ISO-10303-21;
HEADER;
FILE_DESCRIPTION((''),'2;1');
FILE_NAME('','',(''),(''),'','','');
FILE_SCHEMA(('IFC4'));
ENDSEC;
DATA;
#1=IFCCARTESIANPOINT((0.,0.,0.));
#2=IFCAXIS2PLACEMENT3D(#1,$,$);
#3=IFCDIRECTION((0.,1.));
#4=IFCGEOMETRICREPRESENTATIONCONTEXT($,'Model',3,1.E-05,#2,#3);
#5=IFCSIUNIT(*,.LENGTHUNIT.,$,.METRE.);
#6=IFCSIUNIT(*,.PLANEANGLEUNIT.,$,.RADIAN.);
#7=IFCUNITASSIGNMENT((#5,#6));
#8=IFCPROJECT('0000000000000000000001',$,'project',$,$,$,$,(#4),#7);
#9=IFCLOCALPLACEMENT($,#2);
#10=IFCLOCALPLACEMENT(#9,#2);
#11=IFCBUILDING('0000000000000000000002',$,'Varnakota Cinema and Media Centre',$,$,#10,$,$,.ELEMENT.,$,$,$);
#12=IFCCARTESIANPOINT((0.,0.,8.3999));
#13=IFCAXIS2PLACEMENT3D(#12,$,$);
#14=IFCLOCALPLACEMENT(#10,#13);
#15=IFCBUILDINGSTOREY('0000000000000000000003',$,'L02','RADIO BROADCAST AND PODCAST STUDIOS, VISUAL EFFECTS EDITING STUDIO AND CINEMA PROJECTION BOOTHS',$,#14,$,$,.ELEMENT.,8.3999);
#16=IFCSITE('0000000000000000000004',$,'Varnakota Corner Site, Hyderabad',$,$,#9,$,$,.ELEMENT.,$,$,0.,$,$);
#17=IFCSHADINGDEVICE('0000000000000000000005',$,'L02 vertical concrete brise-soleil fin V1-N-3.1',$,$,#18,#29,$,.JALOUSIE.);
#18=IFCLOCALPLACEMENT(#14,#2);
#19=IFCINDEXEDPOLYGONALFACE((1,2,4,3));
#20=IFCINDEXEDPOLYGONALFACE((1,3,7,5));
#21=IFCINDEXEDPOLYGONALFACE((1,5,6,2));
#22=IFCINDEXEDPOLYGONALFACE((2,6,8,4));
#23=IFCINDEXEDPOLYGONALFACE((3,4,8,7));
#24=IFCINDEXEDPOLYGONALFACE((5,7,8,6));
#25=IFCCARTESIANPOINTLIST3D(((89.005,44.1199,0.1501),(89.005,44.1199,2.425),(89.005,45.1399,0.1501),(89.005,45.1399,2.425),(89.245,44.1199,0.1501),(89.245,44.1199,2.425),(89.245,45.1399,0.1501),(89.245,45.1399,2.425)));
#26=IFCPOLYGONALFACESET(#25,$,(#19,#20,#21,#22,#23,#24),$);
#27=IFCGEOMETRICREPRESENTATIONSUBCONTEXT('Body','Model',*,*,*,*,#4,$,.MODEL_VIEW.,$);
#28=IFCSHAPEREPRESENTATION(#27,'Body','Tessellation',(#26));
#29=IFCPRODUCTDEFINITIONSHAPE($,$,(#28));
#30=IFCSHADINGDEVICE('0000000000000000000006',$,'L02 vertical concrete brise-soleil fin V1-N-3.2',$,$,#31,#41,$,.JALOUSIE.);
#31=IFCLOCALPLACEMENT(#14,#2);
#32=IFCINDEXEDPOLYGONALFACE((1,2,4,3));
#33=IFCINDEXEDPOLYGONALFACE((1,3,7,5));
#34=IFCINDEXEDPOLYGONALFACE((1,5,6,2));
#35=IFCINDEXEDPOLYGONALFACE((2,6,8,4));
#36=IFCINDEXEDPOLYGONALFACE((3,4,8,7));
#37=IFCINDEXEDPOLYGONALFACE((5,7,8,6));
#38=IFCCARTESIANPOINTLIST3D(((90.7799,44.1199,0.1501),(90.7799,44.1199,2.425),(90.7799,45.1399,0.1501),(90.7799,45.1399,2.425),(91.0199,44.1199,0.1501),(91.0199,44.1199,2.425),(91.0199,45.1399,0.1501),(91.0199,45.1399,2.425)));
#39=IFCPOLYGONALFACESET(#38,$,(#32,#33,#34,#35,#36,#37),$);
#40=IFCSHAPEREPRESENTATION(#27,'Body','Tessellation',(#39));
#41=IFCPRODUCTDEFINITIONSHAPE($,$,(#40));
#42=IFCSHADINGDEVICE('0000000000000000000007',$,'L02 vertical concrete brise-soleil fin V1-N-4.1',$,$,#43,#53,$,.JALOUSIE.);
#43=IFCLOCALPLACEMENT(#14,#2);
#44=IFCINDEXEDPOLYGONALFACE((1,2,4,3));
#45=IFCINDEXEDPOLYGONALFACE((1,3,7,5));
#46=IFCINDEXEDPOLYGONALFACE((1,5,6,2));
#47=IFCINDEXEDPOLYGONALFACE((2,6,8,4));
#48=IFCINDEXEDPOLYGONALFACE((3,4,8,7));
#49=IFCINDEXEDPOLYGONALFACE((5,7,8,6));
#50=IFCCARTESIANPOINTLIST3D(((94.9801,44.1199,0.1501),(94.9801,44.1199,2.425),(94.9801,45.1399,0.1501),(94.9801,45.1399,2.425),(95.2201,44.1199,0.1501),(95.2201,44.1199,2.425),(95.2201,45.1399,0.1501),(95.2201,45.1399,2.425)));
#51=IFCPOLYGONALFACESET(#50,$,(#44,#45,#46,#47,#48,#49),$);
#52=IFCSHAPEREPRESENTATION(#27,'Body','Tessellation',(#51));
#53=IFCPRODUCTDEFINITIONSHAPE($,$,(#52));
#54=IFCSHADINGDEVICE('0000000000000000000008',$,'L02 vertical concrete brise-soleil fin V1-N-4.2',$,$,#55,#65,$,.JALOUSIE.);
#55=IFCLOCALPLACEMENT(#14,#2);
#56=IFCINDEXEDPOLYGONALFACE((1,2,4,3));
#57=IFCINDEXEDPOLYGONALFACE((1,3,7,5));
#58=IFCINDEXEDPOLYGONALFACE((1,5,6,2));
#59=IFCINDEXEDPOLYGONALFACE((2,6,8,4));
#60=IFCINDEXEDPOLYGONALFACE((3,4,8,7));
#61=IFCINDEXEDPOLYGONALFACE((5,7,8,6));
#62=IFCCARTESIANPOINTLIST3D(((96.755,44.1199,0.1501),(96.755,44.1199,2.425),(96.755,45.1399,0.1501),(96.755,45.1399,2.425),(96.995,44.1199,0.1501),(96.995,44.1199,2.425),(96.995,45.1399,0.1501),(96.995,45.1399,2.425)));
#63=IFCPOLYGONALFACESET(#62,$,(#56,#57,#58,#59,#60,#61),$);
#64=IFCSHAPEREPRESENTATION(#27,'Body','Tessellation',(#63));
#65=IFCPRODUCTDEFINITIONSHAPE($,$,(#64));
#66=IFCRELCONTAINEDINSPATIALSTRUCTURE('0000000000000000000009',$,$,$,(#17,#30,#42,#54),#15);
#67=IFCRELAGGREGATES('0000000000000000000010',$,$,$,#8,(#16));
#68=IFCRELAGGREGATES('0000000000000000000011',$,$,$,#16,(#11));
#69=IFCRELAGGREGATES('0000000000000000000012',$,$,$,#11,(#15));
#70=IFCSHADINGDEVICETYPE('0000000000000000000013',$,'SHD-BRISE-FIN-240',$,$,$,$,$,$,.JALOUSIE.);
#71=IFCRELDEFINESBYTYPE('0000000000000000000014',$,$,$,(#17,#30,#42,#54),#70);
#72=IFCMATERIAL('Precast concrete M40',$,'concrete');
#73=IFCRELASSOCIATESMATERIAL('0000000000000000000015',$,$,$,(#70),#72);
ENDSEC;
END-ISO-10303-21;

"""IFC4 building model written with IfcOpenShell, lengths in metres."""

from ifc_helpers import new_model, si_unit, direction, frame, origin, origin_2d, place, context, subcontext, project, spatial, rectangle, extrude, material, type_object, element, save


model = new_model("IFC4")

# Units and contexts
model_context = context("Model", 3, precision=1e-05, world=origin(), true_north=direction((0.0, 1.0)))
body_context = subcontext(model_context, "Body", "Model", "MODEL_VIEW")
ifc_project = project(units=[si_unit("LENGTHUNIT", "METRE"), si_unit("PLANEANGLEUNIT", "RADIAN")], contexts=[model_context])

# Site, building, storey
site_placement = place(None, origin())
site = spatial("IfcSite", under=ifc_project, at=site_placement, Name="Varnakota Corner Site, Hyderabad", CompositionType="ELEMENT", RefElevation=0.0)
building_placement = place(site_placement, origin())
building = spatial("IfcBuilding", under=site, at=building_placement, Name="Varnakota Cinema and Media Centre", CompositionType="ELEMENT")
storey_placement = place(building_placement, frame((0.0, 0.0, 8.3999)))
storey = spatial("IfcBuildingStorey", under=building, at=storey_placement, Name="L02", Description="RADIO BROADCAST AND PODCAST STUDIOS, VISUAL EFFECTS EDITING STUDIO AND CINEMA PROJECTION BOOTHS", CompositionType="ELEMENT", Elevation=8.3999)

# Shading devices
ifc_material_1 = material(Name="Precast concrete M40", Category="concrete")
shading_device_type = type_object("IfcShadingDeviceType", Name="SHD-BRISE-FIN-240", PredefinedType="JALOUSIE", material=ifc_material_1)
for number, where, z_axis, x_axis, name in (
    (1, (89.125, 44.6299, 0.1501), (0.0, 0.0, 1.0), (1.0, 0.0, 0.0), "L02 vertical concrete brise-soleil fin V1-N-3.1"),
    (2, (90.8999, 44.6299, 0.1501), (0.0, 0.0, 1.0), (1.0, 0.0, 0.0), "L02 vertical concrete brise-soleil fin V1-N-3.2"),
    (3, (95.1001, 44.6299, 0.1501), (0.0, 0.0, 1.0), (1.0, 0.0, 0.0), "L02 vertical concrete brise-soleil fin V1-N-4.1"),
    (4, (96.875, 44.6299, 0.1501), (0.0, 0.0, 1.0), (1.0, 0.0, 0.0), "L02 vertical concrete brise-soleil fin V1-N-4.2"),
):
    element("IfcShadingDevice", number, at=place(storey_placement, frame(where, z_axis=z_axis, x_axis=x_axis)), inside=storey, type_object=shading_device_type, Name=name, PredefinedType="JALOUSIE", context=body_context, shape_type="SweptSolid", body=[
        extrude(rectangle(XDim=0.24, YDim=1.02, at=origin_2d()), origin(), (0.0, 0.0, 1.0), 2.2749),
    ])

save(model, "model.ifc")
